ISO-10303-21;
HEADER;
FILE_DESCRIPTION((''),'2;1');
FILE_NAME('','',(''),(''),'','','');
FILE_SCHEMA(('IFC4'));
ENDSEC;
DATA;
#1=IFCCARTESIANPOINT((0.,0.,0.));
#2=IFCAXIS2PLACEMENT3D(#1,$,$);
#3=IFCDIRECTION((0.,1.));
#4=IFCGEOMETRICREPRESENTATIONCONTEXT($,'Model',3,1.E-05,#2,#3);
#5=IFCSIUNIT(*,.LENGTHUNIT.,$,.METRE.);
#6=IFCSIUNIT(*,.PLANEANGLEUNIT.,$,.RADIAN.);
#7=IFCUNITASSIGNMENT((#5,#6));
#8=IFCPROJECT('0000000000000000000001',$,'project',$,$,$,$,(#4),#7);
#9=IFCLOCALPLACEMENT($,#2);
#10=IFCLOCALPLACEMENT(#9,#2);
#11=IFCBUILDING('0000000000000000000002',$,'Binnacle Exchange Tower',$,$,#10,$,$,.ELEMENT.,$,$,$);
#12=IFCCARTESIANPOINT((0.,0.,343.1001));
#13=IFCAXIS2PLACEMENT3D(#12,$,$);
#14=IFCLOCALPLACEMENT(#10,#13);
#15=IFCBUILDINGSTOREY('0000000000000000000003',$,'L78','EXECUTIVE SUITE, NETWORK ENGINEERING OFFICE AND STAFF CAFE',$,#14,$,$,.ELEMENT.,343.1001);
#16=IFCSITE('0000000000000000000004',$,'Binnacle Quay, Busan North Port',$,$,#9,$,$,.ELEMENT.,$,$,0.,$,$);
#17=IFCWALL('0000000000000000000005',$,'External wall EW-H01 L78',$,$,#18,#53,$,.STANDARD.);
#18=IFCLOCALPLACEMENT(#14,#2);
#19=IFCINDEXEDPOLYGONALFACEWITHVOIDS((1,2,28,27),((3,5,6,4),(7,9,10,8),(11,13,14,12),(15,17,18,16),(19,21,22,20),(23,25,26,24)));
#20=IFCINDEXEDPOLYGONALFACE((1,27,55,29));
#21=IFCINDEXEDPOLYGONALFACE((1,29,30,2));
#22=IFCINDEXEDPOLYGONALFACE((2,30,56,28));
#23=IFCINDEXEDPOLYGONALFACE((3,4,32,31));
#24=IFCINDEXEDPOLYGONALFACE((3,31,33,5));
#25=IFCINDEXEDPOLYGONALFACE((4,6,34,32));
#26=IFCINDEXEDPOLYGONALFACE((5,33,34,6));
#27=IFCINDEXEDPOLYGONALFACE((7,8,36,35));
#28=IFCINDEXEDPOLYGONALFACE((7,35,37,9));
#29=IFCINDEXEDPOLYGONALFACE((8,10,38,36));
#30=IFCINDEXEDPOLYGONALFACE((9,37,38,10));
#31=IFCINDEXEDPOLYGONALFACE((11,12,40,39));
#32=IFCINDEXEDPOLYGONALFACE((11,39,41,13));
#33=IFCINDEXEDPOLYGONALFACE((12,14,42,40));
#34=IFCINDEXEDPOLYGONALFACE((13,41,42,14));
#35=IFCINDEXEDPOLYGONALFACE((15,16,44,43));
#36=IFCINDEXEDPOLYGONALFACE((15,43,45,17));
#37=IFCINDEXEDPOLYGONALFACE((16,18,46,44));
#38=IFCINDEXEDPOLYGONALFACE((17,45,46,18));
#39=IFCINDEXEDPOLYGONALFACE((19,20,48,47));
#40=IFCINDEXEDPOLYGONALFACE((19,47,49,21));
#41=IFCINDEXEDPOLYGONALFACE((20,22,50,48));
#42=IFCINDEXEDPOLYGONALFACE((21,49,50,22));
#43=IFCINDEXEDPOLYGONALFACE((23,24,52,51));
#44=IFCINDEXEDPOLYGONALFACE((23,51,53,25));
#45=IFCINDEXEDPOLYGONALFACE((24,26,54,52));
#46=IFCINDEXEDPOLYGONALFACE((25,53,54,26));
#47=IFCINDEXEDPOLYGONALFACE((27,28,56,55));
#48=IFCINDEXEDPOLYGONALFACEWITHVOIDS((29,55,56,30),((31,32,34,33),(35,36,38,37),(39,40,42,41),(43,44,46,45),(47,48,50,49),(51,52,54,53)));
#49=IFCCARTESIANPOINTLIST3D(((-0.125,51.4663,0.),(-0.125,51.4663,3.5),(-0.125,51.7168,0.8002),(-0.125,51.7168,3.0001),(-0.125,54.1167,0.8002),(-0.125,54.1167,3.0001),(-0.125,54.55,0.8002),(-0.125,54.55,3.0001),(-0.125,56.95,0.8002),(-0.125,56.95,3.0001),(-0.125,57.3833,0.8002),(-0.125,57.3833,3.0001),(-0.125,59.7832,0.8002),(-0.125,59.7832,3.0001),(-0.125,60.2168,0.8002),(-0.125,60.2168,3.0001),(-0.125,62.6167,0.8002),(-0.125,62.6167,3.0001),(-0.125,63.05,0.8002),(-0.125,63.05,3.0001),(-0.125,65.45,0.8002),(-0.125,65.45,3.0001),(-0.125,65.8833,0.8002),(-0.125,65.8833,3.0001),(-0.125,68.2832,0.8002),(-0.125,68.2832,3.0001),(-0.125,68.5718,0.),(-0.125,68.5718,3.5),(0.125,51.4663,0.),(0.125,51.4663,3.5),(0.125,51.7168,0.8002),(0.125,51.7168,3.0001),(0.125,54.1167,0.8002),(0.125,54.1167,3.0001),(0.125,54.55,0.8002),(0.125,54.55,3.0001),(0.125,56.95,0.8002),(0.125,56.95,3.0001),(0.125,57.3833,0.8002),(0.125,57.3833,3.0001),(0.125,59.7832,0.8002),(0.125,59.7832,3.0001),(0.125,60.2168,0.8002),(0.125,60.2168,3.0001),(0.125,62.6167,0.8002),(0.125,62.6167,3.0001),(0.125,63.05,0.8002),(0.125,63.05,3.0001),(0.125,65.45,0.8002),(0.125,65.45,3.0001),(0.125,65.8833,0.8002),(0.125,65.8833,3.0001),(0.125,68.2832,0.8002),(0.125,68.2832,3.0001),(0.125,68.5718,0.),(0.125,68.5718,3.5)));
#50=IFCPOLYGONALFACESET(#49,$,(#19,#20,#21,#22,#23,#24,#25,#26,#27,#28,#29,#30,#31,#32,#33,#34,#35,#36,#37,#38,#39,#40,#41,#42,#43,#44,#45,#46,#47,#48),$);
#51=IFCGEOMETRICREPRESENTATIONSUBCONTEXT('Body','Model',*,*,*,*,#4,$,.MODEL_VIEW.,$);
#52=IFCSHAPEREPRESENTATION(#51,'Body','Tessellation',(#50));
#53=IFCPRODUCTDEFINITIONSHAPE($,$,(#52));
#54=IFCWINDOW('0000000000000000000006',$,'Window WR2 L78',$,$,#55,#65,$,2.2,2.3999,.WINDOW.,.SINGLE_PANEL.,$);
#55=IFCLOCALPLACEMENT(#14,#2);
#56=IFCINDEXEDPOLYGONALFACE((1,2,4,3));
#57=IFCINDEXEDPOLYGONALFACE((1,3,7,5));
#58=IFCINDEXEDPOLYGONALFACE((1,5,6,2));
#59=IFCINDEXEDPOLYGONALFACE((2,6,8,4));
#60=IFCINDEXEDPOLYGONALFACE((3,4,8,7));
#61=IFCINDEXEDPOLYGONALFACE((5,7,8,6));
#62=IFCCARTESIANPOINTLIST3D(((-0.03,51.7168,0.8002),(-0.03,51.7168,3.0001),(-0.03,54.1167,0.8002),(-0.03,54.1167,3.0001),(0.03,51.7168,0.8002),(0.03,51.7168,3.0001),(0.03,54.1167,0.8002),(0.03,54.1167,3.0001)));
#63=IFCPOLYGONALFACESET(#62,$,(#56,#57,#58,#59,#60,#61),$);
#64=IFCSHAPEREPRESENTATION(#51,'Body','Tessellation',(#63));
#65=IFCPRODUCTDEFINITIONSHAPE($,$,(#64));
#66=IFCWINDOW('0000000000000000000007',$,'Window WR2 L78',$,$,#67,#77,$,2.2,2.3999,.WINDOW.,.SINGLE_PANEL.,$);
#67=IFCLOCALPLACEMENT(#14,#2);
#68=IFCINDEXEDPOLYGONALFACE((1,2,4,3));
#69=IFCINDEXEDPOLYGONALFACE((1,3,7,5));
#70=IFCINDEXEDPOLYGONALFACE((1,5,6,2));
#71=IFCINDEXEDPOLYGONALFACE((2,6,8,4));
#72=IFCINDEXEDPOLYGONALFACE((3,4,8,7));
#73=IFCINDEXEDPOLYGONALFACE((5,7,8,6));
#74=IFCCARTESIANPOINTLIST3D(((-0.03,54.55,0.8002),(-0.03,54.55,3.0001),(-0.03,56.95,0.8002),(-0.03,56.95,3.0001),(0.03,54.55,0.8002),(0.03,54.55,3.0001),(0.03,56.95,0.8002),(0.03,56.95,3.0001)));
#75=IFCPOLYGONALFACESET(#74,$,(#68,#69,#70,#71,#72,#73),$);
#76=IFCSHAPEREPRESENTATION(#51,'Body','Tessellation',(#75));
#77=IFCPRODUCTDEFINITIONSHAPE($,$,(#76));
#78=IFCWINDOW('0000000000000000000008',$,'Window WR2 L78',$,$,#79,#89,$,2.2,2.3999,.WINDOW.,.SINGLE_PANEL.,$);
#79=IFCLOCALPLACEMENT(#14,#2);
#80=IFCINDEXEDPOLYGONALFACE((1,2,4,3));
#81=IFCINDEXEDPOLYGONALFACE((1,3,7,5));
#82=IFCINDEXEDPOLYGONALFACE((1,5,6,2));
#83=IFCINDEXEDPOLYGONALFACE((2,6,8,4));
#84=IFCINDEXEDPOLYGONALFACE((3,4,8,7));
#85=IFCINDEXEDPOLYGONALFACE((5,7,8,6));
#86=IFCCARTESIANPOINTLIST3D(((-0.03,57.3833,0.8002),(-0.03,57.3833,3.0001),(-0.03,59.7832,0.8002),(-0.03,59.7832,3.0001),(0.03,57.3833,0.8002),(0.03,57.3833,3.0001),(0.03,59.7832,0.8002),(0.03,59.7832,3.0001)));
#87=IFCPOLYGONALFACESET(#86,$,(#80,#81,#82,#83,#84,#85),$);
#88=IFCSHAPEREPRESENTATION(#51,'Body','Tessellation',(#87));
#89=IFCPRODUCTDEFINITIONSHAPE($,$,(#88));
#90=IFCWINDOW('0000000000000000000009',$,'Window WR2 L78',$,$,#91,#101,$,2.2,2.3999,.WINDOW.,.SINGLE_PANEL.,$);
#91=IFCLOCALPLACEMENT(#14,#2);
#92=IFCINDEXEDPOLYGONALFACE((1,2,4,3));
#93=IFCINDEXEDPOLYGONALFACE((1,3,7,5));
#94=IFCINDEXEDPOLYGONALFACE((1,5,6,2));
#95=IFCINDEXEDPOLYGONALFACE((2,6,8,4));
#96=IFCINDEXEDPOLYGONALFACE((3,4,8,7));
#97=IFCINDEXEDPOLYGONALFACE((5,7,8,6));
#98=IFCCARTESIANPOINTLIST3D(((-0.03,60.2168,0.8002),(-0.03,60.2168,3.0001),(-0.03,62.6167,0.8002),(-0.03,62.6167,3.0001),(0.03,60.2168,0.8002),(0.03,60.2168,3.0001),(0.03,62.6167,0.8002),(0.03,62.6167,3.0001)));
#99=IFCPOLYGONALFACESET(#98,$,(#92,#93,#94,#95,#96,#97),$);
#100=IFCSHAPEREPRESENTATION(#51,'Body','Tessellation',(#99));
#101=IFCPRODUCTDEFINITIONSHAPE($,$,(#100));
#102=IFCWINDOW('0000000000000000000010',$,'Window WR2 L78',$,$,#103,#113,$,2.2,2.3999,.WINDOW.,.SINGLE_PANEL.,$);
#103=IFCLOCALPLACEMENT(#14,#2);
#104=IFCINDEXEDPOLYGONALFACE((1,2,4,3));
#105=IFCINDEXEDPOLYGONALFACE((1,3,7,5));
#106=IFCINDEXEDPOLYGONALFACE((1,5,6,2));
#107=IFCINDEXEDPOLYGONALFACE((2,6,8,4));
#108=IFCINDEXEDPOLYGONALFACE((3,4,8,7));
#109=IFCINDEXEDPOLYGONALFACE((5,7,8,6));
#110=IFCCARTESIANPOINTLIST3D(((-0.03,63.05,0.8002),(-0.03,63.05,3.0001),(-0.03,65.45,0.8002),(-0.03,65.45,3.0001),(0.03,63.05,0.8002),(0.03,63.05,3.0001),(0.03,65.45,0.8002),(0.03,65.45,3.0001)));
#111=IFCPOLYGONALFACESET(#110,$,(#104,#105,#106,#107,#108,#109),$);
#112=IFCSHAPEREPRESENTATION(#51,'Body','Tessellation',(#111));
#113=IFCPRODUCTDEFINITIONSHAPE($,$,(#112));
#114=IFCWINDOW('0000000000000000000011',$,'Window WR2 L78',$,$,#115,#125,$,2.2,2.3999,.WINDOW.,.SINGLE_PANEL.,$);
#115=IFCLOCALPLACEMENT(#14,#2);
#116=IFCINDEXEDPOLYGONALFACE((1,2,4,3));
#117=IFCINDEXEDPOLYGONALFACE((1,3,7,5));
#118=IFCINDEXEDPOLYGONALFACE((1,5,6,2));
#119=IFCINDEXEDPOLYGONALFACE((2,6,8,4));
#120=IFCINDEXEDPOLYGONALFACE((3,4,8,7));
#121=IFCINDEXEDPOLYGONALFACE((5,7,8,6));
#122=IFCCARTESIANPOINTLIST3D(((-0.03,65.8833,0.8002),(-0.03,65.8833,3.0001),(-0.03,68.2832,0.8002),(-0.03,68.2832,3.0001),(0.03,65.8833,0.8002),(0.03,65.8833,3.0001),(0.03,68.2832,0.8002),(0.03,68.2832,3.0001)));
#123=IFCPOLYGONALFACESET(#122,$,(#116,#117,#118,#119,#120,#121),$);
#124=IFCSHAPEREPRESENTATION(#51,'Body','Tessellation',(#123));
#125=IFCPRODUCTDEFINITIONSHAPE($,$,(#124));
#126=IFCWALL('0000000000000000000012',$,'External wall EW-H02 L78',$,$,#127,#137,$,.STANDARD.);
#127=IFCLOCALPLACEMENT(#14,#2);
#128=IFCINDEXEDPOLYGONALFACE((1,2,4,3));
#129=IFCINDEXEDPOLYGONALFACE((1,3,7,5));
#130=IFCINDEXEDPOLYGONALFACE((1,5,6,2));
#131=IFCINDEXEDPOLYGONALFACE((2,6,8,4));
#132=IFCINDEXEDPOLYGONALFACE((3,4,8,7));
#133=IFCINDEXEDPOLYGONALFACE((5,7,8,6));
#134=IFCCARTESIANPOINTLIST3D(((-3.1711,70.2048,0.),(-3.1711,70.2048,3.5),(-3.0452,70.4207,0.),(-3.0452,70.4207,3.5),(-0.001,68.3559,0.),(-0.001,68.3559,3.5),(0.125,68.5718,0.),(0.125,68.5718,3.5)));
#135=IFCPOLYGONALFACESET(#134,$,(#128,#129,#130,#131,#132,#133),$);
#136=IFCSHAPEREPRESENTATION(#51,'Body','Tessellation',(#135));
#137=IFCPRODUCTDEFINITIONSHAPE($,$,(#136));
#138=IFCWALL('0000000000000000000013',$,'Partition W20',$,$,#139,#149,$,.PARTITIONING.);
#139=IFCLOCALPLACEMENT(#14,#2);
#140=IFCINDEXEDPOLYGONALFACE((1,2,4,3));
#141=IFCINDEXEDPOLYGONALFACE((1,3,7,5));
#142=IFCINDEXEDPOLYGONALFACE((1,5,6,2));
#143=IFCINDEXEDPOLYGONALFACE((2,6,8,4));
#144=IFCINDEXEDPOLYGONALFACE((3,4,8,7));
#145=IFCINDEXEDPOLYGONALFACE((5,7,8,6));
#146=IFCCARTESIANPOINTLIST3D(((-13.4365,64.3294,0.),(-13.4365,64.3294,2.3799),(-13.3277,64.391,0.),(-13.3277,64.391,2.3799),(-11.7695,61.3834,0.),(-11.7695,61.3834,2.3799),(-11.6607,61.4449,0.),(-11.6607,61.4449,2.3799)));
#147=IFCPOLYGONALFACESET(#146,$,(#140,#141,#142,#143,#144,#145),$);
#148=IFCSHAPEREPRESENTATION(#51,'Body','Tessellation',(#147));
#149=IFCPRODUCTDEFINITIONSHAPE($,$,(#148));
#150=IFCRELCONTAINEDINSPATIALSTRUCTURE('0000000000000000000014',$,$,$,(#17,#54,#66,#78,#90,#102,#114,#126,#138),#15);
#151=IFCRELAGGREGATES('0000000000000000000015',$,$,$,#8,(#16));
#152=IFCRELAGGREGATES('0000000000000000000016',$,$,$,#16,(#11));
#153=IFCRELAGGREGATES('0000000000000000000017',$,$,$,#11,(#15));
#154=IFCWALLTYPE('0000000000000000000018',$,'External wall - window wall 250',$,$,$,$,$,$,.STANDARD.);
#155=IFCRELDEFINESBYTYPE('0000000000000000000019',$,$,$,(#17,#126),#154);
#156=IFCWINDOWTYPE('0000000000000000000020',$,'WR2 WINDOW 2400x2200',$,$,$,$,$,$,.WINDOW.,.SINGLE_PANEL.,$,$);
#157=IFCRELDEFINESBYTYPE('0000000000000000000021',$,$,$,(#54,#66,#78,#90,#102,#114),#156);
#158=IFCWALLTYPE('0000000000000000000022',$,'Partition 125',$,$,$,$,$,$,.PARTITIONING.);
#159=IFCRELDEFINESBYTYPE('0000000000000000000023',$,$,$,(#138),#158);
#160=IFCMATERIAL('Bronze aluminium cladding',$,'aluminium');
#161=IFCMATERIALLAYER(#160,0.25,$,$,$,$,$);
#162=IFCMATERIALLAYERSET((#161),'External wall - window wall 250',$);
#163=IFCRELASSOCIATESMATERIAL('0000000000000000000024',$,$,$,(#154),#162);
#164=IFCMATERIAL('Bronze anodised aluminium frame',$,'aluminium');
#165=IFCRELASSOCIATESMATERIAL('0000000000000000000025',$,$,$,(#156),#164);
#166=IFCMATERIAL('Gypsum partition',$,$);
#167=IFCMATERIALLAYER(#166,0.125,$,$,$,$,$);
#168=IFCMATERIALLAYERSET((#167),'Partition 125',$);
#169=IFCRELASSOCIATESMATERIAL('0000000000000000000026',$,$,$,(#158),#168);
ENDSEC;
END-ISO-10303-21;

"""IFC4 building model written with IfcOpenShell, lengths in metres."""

from ifc_helpers import new_model, si_unit, direction, frame, frame_2d, origin, place, context, subcontext, project, spatial, rectangle, extrude, material, layer, layer_set, type_object, element, fill, save


model = new_model("IFC4")

# Units and contexts
model_context = context("Model", 3, precision=1e-05, world=origin(), true_north=direction((0.0, 1.0)))
body_context = subcontext(model_context, "Body", "Model", "MODEL_VIEW")
ifc_project = project(units=[si_unit("LENGTHUNIT", "METRE"), si_unit("PLANEANGLEUNIT", "RADIAN")], contexts=[model_context])

# Site, building, storey
site_placement = place(None, origin())
site = spatial("IfcSite", under=ifc_project, at=site_placement, Name="Binnacle Quay, Busan North Port", CompositionType="ELEMENT", RefElevation=0.0)
building_placement = place(site_placement, origin())
building = spatial("IfcBuilding", under=site, at=building_placement, Name="Binnacle Exchange Tower", CompositionType="ELEMENT")
storey_placement = place(building_placement, frame((0.0, 0.0, 343.1001)))
storey = spatial("IfcBuildingStorey", under=building, at=storey_placement, Name="L78", Description="EXECUTIVE SUITE, NETWORK ENGINEERING OFFICE AND STAFF CAFE", CompositionType="ELEMENT", Elevation=343.1001)

# Shared definitions
ifc_material_1 = material(Name="Bronze anodised aluminium frame", Category="aluminium")

# Wall, openings, windows
ifc_material_2 = material(Name="Bronze aluminium cladding", Category="aluminium")
ifc_layer_1 = layer(ifc_material_2, 0.25)
ifc_layer_set_1 = layer_set([ifc_layer_1], Name="External wall - window wall 250")
wall_type_1 = type_object("IfcWallType", Name="External wall - window wall 250", PredefinedType="STANDARD", material=ifc_layer_set_1)
wall_1_placement = place(storey_placement, frame((0.0, 68.5718, 0.0), z_axis=(0.0, 0.0, 1.0), x_axis=(0.0, -1.0, 0.0)))
wall_1 = element("IfcWall", 1, at=wall_1_placement, inside=storey, type_object=wall_type_1, Name="External wall EW-H01 L78", PredefinedType="STANDARD", context=body_context, shape_type="SweptSolid", body=[
    extrude(rectangle(XDim=17.1055, YDim=0.25, at=frame_2d((8.5527, 0.0))), origin(), (0.0, 0.0, 1.0), 3.5),
])
opening_1_placement = place(wall_1_placement, frame((14.4551, 0.0, 0.8)))
opening_1 = element("IfcOpeningElement", 2, at=opening_1_placement, cuts=wall_1, PredefinedType="OPENING", context=body_context, shape_type="SweptSolid", body=[
    extrude(rectangle(XDim=2.3999, YDim=2.2, at=frame_2d((1.2, 1.1001))), frame((0.0, 0.135, 0.0), z_axis=(0.0, -1.0, 0.0), x_axis=(1.0, 0.0, 0.0)), (0.0, 0.0, 1.0), 0.27),
])
opening_2_placement = place(wall_1_placement, frame((11.6218, 0.0, 0.8)))
opening_2 = element("IfcOpeningElement", 3, at=opening_2_placement, cuts=wall_1, PredefinedType="OPENING", context=body_context, shape_type="SweptSolid", body=[
    extrude(rectangle(XDim=2.3999, YDim=2.2, at=frame_2d((1.2, 1.1001))), frame((0.0, 0.135, 0.0), z_axis=(0.0, -1.0, 0.0), x_axis=(1.0, 0.0, 0.0)), (0.0, 0.0, 1.0), 0.27),
])
opening_3_placement = place(wall_1_placement, frame((8.7886, 0.0, 0.8)))
opening_3 = element("IfcOpeningElement", 4, at=opening_3_placement, cuts=wall_1, PredefinedType="OPENING", context=body_context, shape_type="SweptSolid", body=[
    extrude(rectangle(XDim=2.3999, YDim=2.2, at=frame_2d((1.2, 1.1001))), frame((0.0, 0.135, 0.0), z_axis=(0.0, -1.0, 0.0), x_axis=(1.0, 0.0, 0.0)), (0.0, 0.0, 1.0), 0.27),
])
opening_4_placement = place(wall_1_placement, frame((5.9551, 0.0, 0.8)))
opening_4 = element("IfcOpeningElement", 5, at=opening_4_placement, cuts=wall_1, PredefinedType="OPENING", context=body_context, shape_type="SweptSolid", body=[
    extrude(rectangle(XDim=2.3999, YDim=2.2, at=frame_2d((1.2, 1.1001))), frame((0.0, 0.135, 0.0), z_axis=(0.0, -1.0, 0.0), x_axis=(1.0, 0.0, 0.0)), (0.0, 0.0, 1.0), 0.27),
])
opening_5_placement = place(wall_1_placement, frame((3.1218, 0.0, 0.8)))
opening_5 = element("IfcOpeningElement", 6, at=opening_5_placement, cuts=wall_1, PredefinedType="OPENING", context=body_context, shape_type="SweptSolid", body=[
    extrude(rectangle(XDim=2.3999, YDim=2.2, at=frame_2d((1.2, 1.1001))), frame((0.0, 0.135, 0.0), z_axis=(0.0, -1.0, 0.0), x_axis=(1.0, 0.0, 0.0)), (0.0, 0.0, 1.0), 0.27),
])
opening_6_placement = place(wall_1_placement, frame((0.2886, 0.0, 0.8)))
opening_6 = element("IfcOpeningElement", 7, at=opening_6_placement, cuts=wall_1, PredefinedType="OPENING", context=body_context, shape_type="SweptSolid", body=[
    extrude(rectangle(XDim=2.3999, YDim=2.2, at=frame_2d((1.2, 1.1001))), frame((0.0, 0.135, 0.0), z_axis=(0.0, -1.0, 0.0), x_axis=(1.0, 0.0, 0.0)), (0.0, 0.0, 1.0), 0.27),
])
window_type = type_object("IfcWindowType", Name="WR2 WINDOW 2400x2200", PartitioningType="SINGLE_PANEL", PredefinedType="WINDOW", material=ifc_material_1)
window_1_placement = place(opening_1_placement, origin())
window_1 = element("IfcWindow", 8, at=window_1_placement, inside=storey, type_object=window_type, Name="Window WR2 L78", OverallHeight=2.2, OverallWidth=2.3999, PartitioningType="SINGLE_PANEL", PredefinedType="WINDOW", context=body_context, shape_type="SweptSolid", body=[
    extrude(rectangle(XDim=2.3999, YDim=2.2, at=frame_2d((1.2, 1.1001))), frame((0.0, 0.03, 0.0), z_axis=(0.0, -1.0, 0.0), x_axis=(1.0, 0.0, 0.0)), (0.0, 0.0, 1.0), 0.0601),
])
fill(opening_1, window_1)
window_2_placement = place(opening_2_placement, origin())
window_2 = element("IfcWindow", 9, at=window_2_placement, inside=storey, type_object=window_type, Name="Window WR2 L78", OverallHeight=2.2, OverallWidth=2.3999, PartitioningType="SINGLE_PANEL", PredefinedType="WINDOW", context=body_context, shape_type="SweptSolid", body=[
    extrude(rectangle(XDim=2.3999, YDim=2.2, at=frame_2d((1.2, 1.1001))), frame((0.0, 0.03, 0.0), z_axis=(0.0, -1.0, 0.0), x_axis=(1.0, 0.0, 0.0)), (0.0, 0.0, 1.0), 0.0601),
])
fill(opening_2, window_2)
window_3_placement = place(opening_3_placement, origin())
window_3 = element("IfcWindow", 10, at=window_3_placement, inside=storey, type_object=window_type, Name="Window WR2 L78", OverallHeight=2.2, OverallWidth=2.3999, PartitioningType="SINGLE_PANEL", PredefinedType="WINDOW", context=body_context, shape_type="SweptSolid", body=[
    extrude(rectangle(XDim=2.3999, YDim=2.2, at=frame_2d((1.2, 1.1001))), frame((0.0, 0.03, 0.0), z_axis=(0.0, -1.0, 0.0), x_axis=(1.0, 0.0, 0.0)), (0.0, 0.0, 1.0), 0.0601),
])
fill(opening_3, window_3)
window_4_placement = place(opening_4_placement, origin())
window_4 = element("IfcWindow", 11, at=window_4_placement, inside=storey, type_object=window_type, Name="Window WR2 L78", OverallHeight=2.2, OverallWidth=2.3999, PartitioningType="SINGLE_PANEL", PredefinedType="WINDOW", context=body_context, shape_type="SweptSolid", body=[
    extrude(rectangle(XDim=2.3999, YDim=2.2, at=frame_2d((1.2, 1.1001))), frame((0.0, 0.03, 0.0), z_axis=(0.0, -1.0, 0.0), x_axis=(1.0, 0.0, 0.0)), (0.0, 0.0, 1.0), 0.0601),
])
fill(opening_4, window_4)
window_5_placement = place(opening_5_placement, origin())
window_5 = element("IfcWindow", 12, at=window_5_placement, inside=storey, type_object=window_type, Name="Window WR2 L78", OverallHeight=2.2, OverallWidth=2.3999, PartitioningType="SINGLE_PANEL", PredefinedType="WINDOW", context=body_context, shape_type="SweptSolid", body=[
    extrude(rectangle(XDim=2.3999, YDim=2.2, at=frame_2d((1.2, 1.1001))), frame((0.0, 0.03, 0.0), z_axis=(0.0, -1.0, 0.0), x_axis=(1.0, 0.0, 0.0)), (0.0, 0.0, 1.0), 0.0601),
])
fill(opening_5, window_5)
window_6_placement = place(opening_6_placement, origin())
window_6 = element("IfcWindow", 13, at=window_6_placement, inside=storey, type_object=window_type, Name="Window WR2 L78", OverallHeight=2.2, OverallWidth=2.3999, PartitioningType="SINGLE_PANEL", PredefinedType="WINDOW", context=body_context, shape_type="SweptSolid", body=[
    extrude(rectangle(XDim=2.3999, YDim=2.2, at=frame_2d((1.2, 1.1001))), frame((0.0, 0.03, 0.0), z_axis=(0.0, -1.0, 0.0), x_axis=(1.0, 0.0, 0.0)), (0.0, 0.0, 1.0), 0.0601),
])
fill(opening_6, window_6)

# Walls
wall_2_placement = place(storey_placement, frame((-3.1082, 70.3127, 0.0), z_axis=(0.0, 0.0, 1.0), x_axis=(0.863825, -0.503792, 0.0)))
element("IfcWall", 14, at=wall_2_placement, inside=storey, type_object=wall_type_1, Name="External wall EW-H02 L78", PredefinedType="STANDARD", context=body_context, shape_type="SweptSolid", body=[
    extrude(rectangle(XDim=3.6699, YDim=0.25, at=frame_2d((1.835, 0.0))), origin(), (0.0, 0.0, 1.0), 3.5),
])
ifc_material_3 = material(Name="Gypsum partition")
ifc_layer_2 = layer(ifc_material_3, 0.125)
ifc_layer_set_2 = layer_set([ifc_layer_2], Name="Partition 125")
wall_type_2 = type_object("IfcWallType", Name="Partition 125", PredefinedType="PARTITIONING", material=ifc_layer_set_2)
wall_3_placement = place(storey_placement, frame((-13.3821, 64.3601, 0.0), z_axis=(0.0, 0.0, 1.0), x_axis=(0.492468, -0.87033, 0.0)))
element("IfcWall", 15, at=wall_3_placement, inside=storey, type_object=wall_type_2, Name="Partition W20", PredefinedType="PARTITIONING", context=body_context, shape_type="SweptSolid", body=[
    extrude(rectangle(XDim=3.385, YDim=0.125, at=frame_2d((1.6924, 0.0))), origin(), (0.0, 0.0, 1.0), 2.3799),
])

save(model, "model.ifc")
